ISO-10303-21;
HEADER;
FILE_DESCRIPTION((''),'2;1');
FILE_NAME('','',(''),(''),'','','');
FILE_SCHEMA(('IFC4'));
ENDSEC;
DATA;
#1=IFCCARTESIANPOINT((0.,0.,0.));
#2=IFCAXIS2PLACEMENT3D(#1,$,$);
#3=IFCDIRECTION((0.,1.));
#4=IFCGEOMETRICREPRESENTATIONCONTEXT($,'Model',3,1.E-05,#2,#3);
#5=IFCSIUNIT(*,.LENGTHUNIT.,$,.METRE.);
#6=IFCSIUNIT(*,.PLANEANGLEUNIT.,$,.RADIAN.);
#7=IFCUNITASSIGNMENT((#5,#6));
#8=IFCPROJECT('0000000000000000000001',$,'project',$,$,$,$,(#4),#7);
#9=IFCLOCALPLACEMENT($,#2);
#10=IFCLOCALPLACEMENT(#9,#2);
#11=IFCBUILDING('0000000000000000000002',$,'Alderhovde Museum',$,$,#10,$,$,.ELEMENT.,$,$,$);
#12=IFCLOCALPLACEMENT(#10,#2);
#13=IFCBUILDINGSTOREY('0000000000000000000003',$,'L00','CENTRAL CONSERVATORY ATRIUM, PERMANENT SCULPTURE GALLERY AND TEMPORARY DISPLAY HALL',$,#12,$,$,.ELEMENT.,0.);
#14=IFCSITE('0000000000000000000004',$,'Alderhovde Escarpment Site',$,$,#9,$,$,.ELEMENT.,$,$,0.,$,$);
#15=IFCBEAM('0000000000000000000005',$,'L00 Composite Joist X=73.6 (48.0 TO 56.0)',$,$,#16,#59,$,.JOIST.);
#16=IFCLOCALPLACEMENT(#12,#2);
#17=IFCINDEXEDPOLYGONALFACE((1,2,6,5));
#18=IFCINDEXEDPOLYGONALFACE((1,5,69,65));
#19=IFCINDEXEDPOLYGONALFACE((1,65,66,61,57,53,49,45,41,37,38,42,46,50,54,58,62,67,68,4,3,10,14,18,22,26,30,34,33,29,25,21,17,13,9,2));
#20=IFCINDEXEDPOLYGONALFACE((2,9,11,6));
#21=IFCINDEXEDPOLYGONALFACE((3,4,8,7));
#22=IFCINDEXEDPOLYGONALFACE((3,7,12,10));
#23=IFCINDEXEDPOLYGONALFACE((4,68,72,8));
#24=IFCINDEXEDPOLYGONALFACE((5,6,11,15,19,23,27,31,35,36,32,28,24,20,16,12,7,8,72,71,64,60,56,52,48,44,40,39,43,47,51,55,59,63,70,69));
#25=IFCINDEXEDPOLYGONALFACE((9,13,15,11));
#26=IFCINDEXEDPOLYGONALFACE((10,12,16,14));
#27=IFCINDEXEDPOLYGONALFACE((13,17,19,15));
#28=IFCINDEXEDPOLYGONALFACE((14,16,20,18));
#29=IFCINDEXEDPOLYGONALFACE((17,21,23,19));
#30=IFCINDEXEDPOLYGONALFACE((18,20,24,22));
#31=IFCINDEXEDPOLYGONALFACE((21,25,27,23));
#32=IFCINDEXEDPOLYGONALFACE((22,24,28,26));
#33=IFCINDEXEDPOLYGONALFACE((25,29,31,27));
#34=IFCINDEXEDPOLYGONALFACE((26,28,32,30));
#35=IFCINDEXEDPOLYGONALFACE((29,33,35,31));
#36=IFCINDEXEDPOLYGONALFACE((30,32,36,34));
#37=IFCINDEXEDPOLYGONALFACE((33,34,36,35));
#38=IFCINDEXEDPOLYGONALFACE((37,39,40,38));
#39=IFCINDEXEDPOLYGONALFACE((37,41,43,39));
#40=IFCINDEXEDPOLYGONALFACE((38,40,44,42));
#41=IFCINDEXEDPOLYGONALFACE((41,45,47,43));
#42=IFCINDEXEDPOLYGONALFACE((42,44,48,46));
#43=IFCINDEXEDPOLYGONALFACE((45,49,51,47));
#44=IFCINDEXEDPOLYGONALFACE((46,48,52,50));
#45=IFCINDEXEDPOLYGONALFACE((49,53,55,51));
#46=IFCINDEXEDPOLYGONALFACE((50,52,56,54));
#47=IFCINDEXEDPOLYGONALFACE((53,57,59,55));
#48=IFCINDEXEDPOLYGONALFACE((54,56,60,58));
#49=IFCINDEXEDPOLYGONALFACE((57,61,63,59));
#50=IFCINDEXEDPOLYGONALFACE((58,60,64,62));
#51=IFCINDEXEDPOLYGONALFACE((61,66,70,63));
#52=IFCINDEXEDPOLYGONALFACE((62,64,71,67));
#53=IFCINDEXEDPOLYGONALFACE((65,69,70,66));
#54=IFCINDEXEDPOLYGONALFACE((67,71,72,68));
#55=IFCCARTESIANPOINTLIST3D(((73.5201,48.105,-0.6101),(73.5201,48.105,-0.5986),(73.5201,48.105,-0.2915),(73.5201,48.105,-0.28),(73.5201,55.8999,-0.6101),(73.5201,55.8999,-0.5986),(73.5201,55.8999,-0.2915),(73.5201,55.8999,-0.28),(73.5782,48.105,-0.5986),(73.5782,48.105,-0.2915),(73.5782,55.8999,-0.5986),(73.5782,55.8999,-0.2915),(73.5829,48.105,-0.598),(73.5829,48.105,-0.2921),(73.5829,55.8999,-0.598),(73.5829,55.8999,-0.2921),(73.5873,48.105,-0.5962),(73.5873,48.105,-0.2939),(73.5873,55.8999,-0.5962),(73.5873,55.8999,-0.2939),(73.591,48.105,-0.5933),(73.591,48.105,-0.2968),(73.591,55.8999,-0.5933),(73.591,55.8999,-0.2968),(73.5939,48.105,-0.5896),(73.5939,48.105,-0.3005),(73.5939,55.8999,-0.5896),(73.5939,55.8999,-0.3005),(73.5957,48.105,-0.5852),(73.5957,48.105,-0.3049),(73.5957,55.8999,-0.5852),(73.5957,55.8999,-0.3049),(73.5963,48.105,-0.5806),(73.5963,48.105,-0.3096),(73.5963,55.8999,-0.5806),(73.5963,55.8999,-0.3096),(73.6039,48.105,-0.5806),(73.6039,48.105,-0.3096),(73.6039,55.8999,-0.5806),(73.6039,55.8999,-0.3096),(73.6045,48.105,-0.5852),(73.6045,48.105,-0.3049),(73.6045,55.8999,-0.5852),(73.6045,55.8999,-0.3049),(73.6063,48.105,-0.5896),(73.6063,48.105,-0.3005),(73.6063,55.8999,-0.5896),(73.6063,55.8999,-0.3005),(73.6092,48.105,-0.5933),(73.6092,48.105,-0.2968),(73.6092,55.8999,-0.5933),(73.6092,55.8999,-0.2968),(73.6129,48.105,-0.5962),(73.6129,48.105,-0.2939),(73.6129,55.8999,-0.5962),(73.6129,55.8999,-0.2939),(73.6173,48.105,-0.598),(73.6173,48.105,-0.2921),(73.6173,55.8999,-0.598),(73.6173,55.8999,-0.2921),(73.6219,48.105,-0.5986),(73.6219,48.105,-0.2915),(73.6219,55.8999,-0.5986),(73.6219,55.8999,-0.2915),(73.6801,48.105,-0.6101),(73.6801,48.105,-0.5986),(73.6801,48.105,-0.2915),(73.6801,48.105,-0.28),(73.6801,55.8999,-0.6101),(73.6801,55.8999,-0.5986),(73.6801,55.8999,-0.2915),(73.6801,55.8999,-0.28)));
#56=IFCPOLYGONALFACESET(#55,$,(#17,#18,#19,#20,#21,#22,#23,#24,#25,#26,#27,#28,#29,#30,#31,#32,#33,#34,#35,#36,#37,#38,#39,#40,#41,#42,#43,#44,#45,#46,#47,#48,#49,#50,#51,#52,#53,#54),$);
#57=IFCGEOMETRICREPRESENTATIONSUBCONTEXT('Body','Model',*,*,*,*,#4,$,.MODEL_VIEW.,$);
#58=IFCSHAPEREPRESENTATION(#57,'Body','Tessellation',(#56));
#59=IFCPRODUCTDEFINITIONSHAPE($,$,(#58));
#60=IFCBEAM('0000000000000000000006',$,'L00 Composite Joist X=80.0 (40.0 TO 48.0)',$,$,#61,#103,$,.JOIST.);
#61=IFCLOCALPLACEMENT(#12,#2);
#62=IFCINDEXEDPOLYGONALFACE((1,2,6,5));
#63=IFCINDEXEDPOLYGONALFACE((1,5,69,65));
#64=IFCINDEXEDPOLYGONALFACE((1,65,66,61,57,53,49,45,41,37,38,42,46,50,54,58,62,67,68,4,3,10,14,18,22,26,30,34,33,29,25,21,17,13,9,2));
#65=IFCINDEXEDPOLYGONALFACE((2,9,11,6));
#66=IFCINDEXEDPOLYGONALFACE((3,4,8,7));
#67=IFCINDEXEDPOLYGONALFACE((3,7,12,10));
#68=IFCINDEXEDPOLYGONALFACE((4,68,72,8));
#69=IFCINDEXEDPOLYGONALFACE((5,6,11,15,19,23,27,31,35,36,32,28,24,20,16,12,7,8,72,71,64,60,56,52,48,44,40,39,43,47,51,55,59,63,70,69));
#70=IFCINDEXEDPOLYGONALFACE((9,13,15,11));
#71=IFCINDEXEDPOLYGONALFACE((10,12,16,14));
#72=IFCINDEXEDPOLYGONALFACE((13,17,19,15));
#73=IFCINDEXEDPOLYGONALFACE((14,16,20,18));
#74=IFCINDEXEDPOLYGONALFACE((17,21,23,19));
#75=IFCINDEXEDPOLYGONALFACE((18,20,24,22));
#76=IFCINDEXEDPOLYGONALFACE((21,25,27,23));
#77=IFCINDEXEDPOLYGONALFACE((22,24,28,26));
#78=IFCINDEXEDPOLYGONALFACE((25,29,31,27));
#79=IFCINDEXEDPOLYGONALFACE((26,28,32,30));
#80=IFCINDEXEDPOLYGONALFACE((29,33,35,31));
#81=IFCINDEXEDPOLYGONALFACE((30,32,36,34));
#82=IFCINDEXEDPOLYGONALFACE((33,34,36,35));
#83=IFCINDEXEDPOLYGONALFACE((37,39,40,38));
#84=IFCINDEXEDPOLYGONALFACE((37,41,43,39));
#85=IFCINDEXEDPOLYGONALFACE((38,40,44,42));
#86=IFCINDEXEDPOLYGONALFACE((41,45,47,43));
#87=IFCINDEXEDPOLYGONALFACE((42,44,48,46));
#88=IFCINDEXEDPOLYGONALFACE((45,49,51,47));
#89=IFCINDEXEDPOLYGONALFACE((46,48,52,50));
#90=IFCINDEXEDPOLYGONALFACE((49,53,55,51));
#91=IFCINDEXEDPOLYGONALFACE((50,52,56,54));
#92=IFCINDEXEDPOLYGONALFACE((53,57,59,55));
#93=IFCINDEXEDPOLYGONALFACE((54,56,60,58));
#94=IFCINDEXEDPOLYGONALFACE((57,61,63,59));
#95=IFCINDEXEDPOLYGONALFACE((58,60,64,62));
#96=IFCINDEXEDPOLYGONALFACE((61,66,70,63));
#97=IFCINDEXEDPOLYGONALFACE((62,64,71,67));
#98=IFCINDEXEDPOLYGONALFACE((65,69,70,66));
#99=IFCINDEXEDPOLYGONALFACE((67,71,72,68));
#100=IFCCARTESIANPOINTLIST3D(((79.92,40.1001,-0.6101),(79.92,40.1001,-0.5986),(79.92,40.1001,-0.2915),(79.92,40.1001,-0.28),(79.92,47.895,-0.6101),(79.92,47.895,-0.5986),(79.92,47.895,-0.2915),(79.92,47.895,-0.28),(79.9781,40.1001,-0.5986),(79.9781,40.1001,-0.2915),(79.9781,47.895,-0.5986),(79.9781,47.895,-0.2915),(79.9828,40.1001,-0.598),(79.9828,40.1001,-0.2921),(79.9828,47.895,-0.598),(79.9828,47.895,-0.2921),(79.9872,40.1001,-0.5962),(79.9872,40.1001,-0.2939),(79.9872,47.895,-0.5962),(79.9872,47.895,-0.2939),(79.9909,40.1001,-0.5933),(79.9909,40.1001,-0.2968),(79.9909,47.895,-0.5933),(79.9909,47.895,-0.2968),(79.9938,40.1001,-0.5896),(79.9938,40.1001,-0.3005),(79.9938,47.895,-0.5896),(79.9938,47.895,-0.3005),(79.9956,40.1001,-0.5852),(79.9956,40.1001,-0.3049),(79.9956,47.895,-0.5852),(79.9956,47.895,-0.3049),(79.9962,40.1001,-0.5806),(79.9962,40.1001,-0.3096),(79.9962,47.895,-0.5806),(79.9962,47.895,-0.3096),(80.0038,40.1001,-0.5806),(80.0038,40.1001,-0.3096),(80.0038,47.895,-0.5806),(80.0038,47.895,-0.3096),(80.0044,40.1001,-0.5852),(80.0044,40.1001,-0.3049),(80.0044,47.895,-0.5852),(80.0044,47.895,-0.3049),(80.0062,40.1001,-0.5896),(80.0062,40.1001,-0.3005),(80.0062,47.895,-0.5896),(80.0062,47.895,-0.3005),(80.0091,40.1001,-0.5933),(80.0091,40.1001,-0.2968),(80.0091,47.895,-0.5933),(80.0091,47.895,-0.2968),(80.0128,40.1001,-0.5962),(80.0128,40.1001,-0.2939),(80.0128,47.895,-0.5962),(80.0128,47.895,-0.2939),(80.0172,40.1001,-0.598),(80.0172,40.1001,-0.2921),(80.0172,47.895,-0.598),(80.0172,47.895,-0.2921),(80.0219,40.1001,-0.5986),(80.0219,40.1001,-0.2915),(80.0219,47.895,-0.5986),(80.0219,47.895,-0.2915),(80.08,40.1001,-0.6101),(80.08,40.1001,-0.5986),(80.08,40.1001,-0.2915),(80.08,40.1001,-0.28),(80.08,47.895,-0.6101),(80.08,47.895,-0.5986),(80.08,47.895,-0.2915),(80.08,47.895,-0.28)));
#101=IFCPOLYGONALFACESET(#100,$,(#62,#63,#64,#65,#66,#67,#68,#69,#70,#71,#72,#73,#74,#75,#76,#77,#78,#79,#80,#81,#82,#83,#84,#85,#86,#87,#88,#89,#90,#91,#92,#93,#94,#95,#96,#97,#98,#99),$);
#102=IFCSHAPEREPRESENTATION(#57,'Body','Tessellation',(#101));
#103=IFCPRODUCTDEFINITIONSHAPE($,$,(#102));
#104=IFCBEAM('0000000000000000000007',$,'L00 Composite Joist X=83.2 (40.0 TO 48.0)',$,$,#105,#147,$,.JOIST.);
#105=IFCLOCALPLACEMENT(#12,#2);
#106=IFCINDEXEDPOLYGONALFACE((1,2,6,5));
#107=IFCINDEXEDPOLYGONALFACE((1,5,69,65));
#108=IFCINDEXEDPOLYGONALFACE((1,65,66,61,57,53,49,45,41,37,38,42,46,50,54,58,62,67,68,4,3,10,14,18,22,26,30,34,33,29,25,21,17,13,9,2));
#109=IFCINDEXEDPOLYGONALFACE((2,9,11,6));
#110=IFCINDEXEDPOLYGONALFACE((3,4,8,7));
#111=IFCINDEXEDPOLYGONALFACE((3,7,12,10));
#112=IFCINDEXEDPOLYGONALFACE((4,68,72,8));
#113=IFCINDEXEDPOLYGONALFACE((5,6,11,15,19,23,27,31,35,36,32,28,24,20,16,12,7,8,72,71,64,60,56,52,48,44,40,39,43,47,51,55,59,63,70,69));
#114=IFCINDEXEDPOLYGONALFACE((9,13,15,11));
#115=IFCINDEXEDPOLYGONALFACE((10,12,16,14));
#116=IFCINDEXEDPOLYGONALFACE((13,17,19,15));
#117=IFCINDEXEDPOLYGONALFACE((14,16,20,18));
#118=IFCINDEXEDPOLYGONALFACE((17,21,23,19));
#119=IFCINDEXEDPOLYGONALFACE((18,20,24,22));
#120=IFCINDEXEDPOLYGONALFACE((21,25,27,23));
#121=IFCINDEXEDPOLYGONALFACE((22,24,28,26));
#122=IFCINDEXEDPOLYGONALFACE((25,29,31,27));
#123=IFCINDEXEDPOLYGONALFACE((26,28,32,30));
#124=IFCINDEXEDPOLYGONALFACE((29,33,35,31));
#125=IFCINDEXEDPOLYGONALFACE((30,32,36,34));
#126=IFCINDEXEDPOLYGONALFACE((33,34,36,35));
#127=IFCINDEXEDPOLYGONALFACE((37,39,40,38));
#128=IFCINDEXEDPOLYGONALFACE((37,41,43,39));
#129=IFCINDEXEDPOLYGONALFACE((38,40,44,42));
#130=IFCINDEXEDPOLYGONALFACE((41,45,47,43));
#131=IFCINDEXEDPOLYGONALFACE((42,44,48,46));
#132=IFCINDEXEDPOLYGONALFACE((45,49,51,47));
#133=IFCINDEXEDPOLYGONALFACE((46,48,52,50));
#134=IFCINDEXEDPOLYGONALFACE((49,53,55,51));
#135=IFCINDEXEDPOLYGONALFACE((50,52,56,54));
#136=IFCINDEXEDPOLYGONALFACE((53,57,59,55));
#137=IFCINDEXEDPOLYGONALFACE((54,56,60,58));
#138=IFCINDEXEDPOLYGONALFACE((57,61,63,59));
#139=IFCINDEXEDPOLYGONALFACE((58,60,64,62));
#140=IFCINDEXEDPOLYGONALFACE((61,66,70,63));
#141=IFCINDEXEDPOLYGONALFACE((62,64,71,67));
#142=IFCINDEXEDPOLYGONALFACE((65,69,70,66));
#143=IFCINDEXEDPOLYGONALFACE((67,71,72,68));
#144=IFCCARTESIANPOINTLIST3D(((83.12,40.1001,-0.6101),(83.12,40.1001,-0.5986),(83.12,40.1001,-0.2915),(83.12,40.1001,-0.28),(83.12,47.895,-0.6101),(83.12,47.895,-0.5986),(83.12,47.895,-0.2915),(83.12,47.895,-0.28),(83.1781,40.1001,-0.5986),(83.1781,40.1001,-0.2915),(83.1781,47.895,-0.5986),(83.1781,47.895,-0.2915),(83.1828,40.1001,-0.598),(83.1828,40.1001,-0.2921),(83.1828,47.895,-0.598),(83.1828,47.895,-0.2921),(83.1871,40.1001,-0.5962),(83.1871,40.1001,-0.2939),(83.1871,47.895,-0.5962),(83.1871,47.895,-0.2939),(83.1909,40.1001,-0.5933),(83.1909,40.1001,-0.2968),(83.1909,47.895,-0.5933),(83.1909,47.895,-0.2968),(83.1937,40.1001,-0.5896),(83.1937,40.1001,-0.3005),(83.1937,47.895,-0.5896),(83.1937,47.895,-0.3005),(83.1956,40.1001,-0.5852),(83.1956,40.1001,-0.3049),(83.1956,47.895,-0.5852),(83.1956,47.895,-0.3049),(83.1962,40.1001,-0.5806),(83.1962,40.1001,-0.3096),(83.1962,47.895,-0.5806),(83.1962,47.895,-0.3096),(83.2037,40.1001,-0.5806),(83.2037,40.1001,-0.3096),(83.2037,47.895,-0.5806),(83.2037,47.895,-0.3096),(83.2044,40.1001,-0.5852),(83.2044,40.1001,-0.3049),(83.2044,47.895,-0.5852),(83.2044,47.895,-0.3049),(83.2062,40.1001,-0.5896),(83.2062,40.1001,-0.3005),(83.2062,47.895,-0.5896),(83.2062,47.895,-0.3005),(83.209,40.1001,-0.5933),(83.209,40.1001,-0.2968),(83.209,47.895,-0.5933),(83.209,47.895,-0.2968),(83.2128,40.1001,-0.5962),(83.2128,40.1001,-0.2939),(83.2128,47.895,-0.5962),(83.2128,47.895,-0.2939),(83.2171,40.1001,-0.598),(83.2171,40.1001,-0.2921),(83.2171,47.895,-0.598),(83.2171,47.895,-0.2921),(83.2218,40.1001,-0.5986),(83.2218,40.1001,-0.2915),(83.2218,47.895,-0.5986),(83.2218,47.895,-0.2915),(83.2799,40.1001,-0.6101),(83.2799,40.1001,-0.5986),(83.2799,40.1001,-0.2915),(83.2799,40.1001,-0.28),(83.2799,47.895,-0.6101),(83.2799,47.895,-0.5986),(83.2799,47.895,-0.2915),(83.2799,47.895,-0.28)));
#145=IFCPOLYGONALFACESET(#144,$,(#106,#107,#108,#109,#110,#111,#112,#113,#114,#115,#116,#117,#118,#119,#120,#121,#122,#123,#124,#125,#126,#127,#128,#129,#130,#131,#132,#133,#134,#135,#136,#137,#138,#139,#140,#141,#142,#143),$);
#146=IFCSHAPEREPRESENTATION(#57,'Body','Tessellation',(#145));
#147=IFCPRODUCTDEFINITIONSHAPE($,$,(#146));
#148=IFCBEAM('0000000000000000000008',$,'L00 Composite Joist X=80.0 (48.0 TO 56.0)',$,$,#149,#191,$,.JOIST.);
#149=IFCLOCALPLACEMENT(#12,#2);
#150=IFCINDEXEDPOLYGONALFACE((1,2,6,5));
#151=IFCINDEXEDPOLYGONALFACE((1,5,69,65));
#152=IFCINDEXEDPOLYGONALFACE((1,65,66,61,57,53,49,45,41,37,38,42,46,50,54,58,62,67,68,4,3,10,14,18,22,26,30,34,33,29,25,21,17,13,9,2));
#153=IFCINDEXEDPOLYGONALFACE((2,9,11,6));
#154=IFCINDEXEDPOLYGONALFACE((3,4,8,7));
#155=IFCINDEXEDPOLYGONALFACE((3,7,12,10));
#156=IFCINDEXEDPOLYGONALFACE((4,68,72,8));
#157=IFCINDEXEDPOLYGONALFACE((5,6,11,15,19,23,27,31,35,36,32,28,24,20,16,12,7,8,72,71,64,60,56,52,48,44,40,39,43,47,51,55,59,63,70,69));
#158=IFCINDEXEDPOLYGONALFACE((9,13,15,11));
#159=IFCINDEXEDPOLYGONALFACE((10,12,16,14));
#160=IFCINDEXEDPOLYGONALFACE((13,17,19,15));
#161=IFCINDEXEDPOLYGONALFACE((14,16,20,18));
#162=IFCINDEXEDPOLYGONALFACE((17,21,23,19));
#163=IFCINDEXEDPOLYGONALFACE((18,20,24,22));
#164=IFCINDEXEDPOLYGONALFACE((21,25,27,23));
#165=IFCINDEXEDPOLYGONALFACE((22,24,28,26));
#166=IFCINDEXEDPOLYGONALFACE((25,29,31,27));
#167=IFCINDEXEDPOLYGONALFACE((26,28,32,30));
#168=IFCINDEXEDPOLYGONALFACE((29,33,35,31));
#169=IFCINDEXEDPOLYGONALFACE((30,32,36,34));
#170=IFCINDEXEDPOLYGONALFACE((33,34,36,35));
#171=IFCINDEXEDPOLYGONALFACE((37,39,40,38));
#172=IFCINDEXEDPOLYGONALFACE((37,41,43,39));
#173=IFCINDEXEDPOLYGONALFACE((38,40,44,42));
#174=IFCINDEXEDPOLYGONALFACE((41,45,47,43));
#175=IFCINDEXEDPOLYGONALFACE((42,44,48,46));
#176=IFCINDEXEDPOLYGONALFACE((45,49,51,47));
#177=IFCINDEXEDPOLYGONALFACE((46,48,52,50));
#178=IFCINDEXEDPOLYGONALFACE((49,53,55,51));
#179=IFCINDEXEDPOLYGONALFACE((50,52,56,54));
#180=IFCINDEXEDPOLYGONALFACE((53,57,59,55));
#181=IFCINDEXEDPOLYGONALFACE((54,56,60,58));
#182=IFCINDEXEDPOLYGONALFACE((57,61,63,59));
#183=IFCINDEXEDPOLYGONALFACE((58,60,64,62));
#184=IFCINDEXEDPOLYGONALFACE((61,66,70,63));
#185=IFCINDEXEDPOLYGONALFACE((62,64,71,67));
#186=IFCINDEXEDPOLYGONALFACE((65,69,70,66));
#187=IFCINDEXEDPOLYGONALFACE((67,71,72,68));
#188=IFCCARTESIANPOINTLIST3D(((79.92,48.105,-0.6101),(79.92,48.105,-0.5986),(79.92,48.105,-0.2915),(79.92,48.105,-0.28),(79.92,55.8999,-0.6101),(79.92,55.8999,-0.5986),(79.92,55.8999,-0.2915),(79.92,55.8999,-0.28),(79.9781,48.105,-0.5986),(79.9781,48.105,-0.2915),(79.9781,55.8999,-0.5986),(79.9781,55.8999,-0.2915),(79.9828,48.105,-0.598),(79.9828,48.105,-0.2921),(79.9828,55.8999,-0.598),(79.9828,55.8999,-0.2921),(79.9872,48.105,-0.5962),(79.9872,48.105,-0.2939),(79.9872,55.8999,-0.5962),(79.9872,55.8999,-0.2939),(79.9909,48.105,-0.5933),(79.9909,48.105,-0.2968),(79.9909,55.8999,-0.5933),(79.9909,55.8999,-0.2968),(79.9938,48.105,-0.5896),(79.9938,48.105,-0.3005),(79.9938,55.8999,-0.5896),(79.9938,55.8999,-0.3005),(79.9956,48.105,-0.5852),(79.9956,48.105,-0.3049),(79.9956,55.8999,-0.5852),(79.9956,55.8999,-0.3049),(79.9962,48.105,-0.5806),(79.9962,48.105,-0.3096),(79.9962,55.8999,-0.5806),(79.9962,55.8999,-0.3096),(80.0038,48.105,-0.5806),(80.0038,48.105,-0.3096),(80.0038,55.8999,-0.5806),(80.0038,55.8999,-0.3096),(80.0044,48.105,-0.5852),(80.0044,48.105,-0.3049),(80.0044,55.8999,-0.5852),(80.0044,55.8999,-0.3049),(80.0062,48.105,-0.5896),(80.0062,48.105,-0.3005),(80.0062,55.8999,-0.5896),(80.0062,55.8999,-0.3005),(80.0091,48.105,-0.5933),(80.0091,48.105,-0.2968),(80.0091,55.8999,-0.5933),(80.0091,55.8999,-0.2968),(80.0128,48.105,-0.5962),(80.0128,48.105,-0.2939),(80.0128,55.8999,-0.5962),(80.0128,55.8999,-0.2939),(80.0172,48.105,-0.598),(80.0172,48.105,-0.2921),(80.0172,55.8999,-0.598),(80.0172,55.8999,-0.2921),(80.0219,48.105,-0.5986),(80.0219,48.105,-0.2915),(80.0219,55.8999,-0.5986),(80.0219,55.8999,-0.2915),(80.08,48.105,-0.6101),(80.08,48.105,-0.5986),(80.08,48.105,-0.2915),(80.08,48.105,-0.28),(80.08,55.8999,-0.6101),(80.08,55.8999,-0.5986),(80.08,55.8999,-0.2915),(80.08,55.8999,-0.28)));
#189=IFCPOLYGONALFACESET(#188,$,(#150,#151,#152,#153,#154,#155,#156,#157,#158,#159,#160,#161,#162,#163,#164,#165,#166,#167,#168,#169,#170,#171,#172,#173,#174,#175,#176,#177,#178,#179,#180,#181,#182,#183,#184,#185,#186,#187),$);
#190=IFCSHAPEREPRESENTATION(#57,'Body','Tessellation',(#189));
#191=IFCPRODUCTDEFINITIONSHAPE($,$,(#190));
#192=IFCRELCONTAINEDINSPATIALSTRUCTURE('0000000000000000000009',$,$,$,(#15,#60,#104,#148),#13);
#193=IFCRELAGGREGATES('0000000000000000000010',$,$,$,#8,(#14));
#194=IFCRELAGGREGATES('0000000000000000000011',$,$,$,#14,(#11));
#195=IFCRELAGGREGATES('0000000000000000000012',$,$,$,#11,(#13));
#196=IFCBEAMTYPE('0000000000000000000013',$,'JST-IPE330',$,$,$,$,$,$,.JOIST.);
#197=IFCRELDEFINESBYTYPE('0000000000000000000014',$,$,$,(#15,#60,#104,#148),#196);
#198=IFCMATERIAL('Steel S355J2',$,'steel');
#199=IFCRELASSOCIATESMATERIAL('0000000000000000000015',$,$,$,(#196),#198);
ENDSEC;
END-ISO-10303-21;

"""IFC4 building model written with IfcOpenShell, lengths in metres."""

from ifc_helpers import new_model, si_unit, direction, frame, origin, origin_2d, place, context, subcontext, project, spatial, i_section, extrude, material, material_profile, profile_set, type_object, element, save


model = new_model("IFC4")

# Units and contexts
model_context = context("Model", 3, precision=1e-05, world=origin(), true_north=direction((0.0, 1.0)))
body_context = subcontext(model_context, "Body", "Model", "MODEL_VIEW")
ifc_project = project(units=[si_unit("LENGTHUNIT", "METRE"), si_unit("PLANEANGLEUNIT", "RADIAN")], contexts=[model_context])

# Site, building, storey
site_placement = place(None, origin())
site = spatial("IfcSite", under=ifc_project, at=site_placement, Name="Alderhovde Escarpment Site", CompositionType="ELEMENT", RefElevation=0.0)
building_placement = place(site_placement, origin())
building = spatial("IfcBuilding", under=site, at=building_placement, Name="Alderhovde Museum", CompositionType="ELEMENT")
storey_placement = place(building_placement, origin())
storey = spatial("IfcBuildingStorey", under=building, at=storey_placement, Name="L00", Description="CENTRAL CONSERVATORY ATRIUM, PERMANENT SCULPTURE GALLERY AND TEMPORARY DISPLAY HALL", CompositionType="ELEMENT", Elevation=0.0)

# Beams
ifc_material_1 = material(Name="Steel S355J2", Category="steel")
ifc_material_profile_1 = material_profile(ifc_material_1, i_section(OverallWidth=0.1599, OverallDepth=0.3301, WebThickness=0.0076, FlangeThickness=0.0115, FilletRadius=0.0181, at=origin_2d()), Name="IPE 330")
ifc_profile_set_1 = profile_set([ifc_material_profile_1], Name="Steel S355J2")
beam_type_1 = type_object("IfcBeamType", Name="JST-IPE330", PredefinedType="JOIST", material=ifc_profile_set_1)
for number, where, z_axis, x_axis, name in (
    (1, (73.6001, 48.105, -0.4451), (0.0, 1.0, 0.0), (-1.0, 0.0, 0.0), "L00 Composite Joist X=73.6 (48.0 TO 56.0)"),
    (2, (80.0, 40.1001, -0.4451), (0.0, 1.0, 0.0), (-1.0, 0.0, 0.0), "L00 Composite Joist X=80.0 (40.0 TO 48.0)"),
    (3, (83.2, 40.1001, -0.4451), (0.0, 1.0, 0.0), (-1.0, 0.0, 0.0), "L00 Composite Joist X=83.2 (40.0 TO 48.0)"),
    (4, (80.0, 48.105, -0.4451), (0.0, 1.0, 0.0), (-1.0, 0.0, 0.0), "L00 Composite Joist X=80.0 (48.0 TO 56.0)"),
):
    element("IfcBeam", number, at=place(storey_placement, frame(where, z_axis=z_axis, x_axis=x_axis)), inside=storey, type_object=beam_type_1, Name=name, PredefinedType="JOIST", context=body_context, shape_type="SweptSolid", body=[
        extrude(i_section(OverallWidth=0.1599, OverallDepth=0.3301, WebThickness=0.0076, FlangeThickness=0.0115, FilletRadius=0.0181, at=origin_2d()), origin(), (0.0, 0.0, 1.0), 7.7949),
    ])

save(model, "model.ifc")
